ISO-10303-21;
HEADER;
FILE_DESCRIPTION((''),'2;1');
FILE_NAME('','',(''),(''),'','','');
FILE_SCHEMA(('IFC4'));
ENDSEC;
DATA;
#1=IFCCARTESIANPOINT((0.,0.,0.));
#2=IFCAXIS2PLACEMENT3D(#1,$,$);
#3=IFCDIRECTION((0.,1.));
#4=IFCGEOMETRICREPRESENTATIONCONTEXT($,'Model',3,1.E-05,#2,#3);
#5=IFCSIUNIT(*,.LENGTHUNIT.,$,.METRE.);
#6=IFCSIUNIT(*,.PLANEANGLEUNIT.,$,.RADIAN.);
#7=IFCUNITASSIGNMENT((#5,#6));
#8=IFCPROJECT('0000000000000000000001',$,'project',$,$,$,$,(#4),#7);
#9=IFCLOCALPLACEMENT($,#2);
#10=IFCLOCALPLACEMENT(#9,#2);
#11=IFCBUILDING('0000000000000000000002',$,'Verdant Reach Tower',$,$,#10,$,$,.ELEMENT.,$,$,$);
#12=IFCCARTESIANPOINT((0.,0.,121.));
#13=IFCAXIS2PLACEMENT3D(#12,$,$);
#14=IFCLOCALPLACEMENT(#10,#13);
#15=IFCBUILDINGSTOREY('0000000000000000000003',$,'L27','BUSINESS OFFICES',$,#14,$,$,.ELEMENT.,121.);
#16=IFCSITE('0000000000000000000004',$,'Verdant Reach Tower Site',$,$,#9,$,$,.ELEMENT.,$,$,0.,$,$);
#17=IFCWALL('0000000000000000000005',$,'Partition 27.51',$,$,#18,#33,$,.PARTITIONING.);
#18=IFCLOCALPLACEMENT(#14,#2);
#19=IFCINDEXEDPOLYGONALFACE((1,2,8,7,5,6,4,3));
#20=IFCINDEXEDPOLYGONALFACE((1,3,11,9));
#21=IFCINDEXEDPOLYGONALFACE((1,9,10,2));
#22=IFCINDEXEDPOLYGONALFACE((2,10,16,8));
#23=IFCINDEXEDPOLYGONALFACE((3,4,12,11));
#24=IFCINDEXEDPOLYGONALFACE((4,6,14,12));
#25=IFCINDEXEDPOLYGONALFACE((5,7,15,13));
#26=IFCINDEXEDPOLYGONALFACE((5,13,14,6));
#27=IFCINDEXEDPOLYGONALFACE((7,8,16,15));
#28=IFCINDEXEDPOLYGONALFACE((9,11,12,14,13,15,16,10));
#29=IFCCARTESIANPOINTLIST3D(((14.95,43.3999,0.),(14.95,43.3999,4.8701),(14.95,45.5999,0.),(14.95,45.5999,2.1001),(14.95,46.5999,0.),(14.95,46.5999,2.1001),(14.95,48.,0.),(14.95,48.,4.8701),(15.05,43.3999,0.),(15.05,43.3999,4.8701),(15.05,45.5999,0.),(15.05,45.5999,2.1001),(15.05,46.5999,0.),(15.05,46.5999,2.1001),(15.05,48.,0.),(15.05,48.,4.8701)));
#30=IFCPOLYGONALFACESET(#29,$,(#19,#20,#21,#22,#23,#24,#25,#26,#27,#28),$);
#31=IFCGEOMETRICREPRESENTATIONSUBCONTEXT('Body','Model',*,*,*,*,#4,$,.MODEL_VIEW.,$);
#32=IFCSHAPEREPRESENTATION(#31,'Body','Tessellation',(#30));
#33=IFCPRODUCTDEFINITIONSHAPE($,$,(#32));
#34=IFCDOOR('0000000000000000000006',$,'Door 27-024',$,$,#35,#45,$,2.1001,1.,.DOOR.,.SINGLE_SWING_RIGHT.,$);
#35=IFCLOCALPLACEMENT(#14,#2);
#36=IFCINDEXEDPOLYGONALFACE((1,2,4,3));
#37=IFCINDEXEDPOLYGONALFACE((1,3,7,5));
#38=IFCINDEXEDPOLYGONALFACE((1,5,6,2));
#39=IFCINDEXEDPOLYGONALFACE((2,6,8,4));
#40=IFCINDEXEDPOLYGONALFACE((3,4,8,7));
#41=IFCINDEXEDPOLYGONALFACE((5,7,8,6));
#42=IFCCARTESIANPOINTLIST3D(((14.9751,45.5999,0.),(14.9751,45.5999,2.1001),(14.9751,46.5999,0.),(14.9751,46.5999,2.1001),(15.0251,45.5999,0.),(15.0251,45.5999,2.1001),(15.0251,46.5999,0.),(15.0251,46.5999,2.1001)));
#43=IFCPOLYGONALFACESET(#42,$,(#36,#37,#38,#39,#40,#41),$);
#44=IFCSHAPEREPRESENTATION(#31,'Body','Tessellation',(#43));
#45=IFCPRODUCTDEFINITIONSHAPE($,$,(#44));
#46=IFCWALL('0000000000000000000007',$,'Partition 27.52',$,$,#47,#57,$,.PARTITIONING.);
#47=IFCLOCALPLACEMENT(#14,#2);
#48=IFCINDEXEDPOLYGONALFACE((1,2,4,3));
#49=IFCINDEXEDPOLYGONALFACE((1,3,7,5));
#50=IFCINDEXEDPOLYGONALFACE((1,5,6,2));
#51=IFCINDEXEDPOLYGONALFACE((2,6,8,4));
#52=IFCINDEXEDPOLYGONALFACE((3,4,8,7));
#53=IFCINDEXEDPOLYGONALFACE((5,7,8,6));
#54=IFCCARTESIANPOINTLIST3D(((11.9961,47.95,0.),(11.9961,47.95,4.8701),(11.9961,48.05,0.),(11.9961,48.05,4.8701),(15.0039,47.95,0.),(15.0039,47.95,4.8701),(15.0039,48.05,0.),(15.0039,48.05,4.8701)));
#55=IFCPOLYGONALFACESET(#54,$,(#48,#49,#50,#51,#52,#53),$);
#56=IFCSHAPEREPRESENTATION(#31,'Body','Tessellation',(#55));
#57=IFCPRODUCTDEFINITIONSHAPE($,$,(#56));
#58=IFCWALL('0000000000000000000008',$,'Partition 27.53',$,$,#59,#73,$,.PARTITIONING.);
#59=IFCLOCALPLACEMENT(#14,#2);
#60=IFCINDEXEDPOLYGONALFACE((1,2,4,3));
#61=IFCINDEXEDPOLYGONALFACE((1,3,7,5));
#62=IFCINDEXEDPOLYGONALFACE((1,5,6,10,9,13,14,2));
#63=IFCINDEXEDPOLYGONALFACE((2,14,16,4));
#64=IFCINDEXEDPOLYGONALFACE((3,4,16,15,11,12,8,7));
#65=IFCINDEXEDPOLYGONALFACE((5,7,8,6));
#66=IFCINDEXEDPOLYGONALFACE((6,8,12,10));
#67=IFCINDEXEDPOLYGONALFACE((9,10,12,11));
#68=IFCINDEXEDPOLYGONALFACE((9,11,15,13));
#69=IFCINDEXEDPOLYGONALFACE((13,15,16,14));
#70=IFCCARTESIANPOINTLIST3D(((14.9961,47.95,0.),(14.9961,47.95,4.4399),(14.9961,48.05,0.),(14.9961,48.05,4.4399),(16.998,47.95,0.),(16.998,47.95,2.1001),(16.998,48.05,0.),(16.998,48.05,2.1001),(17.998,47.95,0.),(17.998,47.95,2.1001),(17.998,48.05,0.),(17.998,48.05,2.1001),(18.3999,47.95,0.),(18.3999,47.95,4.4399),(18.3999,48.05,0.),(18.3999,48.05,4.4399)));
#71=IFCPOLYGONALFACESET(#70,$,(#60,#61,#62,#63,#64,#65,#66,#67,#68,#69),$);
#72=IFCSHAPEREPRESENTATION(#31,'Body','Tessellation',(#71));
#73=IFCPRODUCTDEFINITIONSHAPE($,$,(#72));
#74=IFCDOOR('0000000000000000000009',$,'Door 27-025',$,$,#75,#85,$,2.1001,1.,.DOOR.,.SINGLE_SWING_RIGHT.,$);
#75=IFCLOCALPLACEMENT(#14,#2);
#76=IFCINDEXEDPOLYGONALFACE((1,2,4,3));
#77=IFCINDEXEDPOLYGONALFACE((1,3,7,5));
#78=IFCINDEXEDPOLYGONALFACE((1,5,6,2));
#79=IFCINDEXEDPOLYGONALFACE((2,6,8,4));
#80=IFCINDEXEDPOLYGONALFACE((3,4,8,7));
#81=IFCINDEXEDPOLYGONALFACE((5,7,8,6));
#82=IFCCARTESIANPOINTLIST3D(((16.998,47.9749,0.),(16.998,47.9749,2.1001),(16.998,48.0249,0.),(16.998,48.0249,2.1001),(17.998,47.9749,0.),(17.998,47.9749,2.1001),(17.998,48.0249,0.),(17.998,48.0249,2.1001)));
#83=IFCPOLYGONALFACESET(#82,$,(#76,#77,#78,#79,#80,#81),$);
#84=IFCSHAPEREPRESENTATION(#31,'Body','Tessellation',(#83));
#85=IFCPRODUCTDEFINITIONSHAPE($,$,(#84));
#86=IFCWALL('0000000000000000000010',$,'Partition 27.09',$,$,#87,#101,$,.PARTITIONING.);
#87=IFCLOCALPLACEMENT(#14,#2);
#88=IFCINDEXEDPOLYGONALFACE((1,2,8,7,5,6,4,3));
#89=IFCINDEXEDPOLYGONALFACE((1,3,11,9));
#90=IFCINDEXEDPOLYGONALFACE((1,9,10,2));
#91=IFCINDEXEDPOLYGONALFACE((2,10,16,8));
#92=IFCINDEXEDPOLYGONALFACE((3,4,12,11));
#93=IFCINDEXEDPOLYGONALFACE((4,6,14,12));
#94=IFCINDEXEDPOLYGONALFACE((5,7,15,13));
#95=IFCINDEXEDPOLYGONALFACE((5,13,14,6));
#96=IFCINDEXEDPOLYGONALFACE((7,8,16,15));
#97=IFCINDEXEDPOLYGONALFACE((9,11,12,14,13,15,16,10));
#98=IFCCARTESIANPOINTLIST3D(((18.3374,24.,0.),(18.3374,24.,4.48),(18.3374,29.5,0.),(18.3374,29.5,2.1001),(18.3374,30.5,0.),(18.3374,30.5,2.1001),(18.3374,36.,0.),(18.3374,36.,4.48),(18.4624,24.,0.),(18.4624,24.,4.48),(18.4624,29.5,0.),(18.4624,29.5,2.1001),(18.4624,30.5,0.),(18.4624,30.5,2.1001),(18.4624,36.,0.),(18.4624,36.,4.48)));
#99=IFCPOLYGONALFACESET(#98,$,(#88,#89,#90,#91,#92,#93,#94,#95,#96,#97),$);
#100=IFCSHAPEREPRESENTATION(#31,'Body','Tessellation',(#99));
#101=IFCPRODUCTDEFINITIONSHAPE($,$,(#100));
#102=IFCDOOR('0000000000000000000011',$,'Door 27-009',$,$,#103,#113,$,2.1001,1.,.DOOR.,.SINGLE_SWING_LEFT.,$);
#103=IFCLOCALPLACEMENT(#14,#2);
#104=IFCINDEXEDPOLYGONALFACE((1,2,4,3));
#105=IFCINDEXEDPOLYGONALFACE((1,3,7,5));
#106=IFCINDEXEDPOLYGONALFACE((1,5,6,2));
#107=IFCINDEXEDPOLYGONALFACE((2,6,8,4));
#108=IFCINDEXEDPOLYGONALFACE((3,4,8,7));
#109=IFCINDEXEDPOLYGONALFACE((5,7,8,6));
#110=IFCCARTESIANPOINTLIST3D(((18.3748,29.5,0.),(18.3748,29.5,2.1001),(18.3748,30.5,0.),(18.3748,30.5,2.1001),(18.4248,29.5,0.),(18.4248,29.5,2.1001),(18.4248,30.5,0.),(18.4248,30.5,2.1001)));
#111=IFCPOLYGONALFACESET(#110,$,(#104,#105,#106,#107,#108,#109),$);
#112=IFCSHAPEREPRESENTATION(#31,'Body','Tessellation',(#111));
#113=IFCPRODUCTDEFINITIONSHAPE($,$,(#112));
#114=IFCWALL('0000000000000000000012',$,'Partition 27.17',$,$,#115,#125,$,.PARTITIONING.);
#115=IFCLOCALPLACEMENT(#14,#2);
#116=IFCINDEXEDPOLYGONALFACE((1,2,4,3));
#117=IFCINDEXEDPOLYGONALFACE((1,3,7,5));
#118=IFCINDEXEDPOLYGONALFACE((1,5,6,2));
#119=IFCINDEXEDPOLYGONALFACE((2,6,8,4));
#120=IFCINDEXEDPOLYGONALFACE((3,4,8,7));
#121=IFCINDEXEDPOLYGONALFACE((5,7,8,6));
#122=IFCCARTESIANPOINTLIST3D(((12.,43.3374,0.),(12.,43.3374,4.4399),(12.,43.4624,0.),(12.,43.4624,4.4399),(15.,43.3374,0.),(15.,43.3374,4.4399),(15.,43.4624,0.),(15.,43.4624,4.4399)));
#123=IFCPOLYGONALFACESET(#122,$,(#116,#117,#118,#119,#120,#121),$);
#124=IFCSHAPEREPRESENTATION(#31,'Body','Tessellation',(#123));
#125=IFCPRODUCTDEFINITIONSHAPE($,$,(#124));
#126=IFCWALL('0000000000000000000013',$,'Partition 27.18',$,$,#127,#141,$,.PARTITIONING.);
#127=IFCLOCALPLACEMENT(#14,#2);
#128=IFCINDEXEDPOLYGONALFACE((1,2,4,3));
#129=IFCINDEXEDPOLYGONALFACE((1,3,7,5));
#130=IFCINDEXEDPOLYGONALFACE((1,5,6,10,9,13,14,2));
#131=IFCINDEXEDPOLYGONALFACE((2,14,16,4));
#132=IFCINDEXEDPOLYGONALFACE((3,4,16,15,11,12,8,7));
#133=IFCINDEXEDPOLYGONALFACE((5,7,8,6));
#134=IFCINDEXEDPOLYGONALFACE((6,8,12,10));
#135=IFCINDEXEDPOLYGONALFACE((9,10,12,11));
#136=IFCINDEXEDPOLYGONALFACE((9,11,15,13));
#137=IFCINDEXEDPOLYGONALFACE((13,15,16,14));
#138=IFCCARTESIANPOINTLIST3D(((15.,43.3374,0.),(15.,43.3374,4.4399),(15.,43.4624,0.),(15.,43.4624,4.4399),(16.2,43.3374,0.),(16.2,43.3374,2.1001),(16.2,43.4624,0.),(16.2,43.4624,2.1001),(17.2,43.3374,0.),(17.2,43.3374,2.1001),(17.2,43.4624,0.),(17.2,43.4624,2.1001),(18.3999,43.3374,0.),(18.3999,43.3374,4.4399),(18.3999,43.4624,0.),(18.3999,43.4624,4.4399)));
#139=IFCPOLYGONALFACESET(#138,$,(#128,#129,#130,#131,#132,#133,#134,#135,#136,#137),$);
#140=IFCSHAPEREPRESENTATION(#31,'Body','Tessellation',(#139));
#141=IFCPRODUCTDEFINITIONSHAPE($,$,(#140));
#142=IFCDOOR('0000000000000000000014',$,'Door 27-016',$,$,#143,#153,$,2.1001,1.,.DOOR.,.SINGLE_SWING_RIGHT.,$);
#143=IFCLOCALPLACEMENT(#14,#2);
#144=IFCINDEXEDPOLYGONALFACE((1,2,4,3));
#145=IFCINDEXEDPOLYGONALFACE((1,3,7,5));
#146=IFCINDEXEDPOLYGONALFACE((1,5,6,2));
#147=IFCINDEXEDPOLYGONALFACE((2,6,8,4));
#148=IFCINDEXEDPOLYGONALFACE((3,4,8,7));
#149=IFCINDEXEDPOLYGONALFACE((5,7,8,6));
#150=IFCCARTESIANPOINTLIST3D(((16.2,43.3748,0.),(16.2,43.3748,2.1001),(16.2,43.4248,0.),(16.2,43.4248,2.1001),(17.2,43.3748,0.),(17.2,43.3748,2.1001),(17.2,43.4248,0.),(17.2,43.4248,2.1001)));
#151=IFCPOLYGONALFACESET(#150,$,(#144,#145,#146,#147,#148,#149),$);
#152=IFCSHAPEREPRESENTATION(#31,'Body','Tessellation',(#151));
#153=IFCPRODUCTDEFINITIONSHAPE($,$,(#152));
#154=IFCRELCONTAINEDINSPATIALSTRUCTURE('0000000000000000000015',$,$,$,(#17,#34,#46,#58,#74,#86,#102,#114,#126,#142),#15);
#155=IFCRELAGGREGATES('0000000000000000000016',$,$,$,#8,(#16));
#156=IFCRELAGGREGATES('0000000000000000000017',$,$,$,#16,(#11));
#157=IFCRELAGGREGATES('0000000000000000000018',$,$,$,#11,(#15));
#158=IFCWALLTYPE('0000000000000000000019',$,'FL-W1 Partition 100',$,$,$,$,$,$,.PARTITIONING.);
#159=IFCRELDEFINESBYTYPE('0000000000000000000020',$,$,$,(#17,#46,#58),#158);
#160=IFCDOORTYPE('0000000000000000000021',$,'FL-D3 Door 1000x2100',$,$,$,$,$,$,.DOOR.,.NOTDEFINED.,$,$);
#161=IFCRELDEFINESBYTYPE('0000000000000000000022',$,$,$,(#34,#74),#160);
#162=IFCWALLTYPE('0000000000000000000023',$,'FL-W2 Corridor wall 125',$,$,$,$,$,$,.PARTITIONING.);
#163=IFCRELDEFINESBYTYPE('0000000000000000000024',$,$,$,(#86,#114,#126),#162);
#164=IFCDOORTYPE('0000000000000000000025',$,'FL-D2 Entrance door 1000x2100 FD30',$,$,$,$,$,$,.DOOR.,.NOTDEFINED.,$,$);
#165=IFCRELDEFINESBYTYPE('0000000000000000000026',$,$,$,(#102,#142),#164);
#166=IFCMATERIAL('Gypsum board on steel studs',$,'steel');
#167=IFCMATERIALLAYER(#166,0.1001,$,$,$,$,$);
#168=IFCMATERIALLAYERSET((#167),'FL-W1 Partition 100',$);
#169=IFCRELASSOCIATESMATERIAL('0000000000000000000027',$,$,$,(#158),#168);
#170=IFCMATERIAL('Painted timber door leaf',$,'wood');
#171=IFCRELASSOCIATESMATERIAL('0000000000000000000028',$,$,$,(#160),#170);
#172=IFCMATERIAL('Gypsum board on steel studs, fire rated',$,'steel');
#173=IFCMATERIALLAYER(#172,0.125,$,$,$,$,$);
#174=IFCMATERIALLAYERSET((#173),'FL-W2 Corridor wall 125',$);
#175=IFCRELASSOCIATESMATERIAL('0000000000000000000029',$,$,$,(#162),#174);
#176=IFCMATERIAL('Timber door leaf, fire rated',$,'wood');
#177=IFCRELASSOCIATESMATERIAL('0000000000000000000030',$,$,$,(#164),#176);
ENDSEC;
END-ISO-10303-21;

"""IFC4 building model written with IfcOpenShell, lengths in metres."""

from ifc_helpers import new_model, si_unit, direction, frame, frame_2d, origin, place, context, subcontext, project, spatial, rectangle, extrude, material, layer, layer_set, type_object, element, fill, save


model = new_model("IFC4")

# Units and contexts
model_context = context("Model", 3, precision=1e-05, world=origin(), true_north=direction((0.0, 1.0)))
body_context = subcontext(model_context, "Body", "Model", "MODEL_VIEW")
ifc_project = project(units=[si_unit("LENGTHUNIT", "METRE"), si_unit("PLANEANGLEUNIT", "RADIAN")], contexts=[model_context])

# Site, building, storey
site_placement = place(None, origin())
site = spatial("IfcSite", under=ifc_project, at=site_placement, Name="Verdant Reach Tower Site", CompositionType="ELEMENT", RefElevation=0.0)
building_placement = place(site_placement, origin())
building = spatial("IfcBuilding", under=site, at=building_placement, Name="Verdant Reach Tower", CompositionType="ELEMENT")
storey_placement = place(building_placement, frame((0.0, 0.0, 121.0)))
storey = spatial("IfcBuildingStorey", under=building, at=storey_placement, Name="L27", Description="BUSINESS OFFICES", CompositionType="ELEMENT", Elevation=121.0)

# Shared definitions
ifc_material_1 = material(Name="Gypsum board on steel studs", Category="steel")
ifc_layer_1 = layer(ifc_material_1, 0.1001)
ifc_layer_set_1 = layer_set([ifc_layer_1], Name="FL-W1 Partition 100")
wall_type_1 = type_object("IfcWallType", Name="FL-W1 Partition 100", PredefinedType="PARTITIONING", material=ifc_layer_set_1)

# Wall, opening, door
wall_1_placement = place(storey_placement, frame((15.0, 43.3999, 0.0), z_axis=(0.0, 0.0, 1.0), x_axis=(0.0, 1.0, 0.0)))
wall_1 = element("IfcWall", 1, at=wall_1_placement, inside=storey, type_object=wall_type_1, Name="Partition 27.51", PredefinedType="PARTITIONING", context=body_context, shape_type="SweptSolid", body=[
    extrude(rectangle(XDim=4.6001, YDim=0.1001, at=frame_2d((2.3, 0.0))), origin(), (0.0, 0.0, 1.0), 4.8701),
])
opening_1_placement = place(wall_1_placement, frame((2.2, 0.0, 0.0)))
opening_1 = element("IfcOpeningElement", 2, at=opening_1_placement, cuts=wall_1, PredefinedType="OPENING", context=body_context, shape_type="SweptSolid", body=[
    extrude(rectangle(XDim=1.0, YDim=2.1001, at=frame_2d((0.5, 1.05))), frame((0.0, 0.0601, 0.0), z_axis=(0.0, -1.0, 0.0), x_axis=(1.0, 0.0, 0.0)), (0.0, 0.0, 1.0), 0.1201),
])
ifc_material_2 = material(Name="Painted timber door leaf", Category="wood")
door_type_1 = type_object("IfcDoorType", Name="FL-D3 Door 1000x2100", OperationType="NOTDEFINED", PredefinedType="DOOR", material=ifc_material_2)
door_1_placement = place(opening_1_placement, origin())
door_1 = element("IfcDoor", 3, at=door_1_placement, inside=storey, type_object=door_type_1, Name="Door 27-024", OperationType="SINGLE_SWING_RIGHT", OverallHeight=2.1001, OverallWidth=1.0, PredefinedType="DOOR", context=body_context, shape_type="SweptSolid", body=[
    extrude(rectangle(XDim=1.0, YDim=2.1001, at=frame_2d((0.5, 1.05))), frame((0.0, 0.0249, 0.0), z_axis=(0.0, -1.0, 0.0), x_axis=(1.0, 0.0, 0.0)), (0.0, 0.0, 1.0), 0.05),
])
fill(opening_1, door_1)

# Wall
wall_2_placement = place(storey_placement, frame((15.0039, 48.0, 0.0), z_axis=(0.0, 0.0, 1.0), x_axis=(-1.0, 0.0, 0.0)))
element("IfcWall", 4, at=wall_2_placement, inside=storey, type_object=wall_type_1, Name="Partition 27.52", PredefinedType="PARTITIONING", context=body_context, shape_type="SweptSolid", body=[
    extrude(rectangle(XDim=3.0078, YDim=0.1001, at=frame_2d((1.5039, 0.0))), origin(), (0.0, 0.0, 1.0), 4.8701),
])

# Walls, openings, doors
wall_3_placement = place(storey_placement, frame((14.9961, 48.0, 0.0), z_axis=(0.0, 0.0, 1.0), x_axis=(1.0, 0.0, 0.0)))
wall_3 = element("IfcWall", 5, at=wall_3_placement, inside=storey, type_object=wall_type_1, Name="Partition 27.53", PredefinedType="PARTITIONING", context=body_context, shape_type="SweptSolid", body=[
    extrude(rectangle(XDim=3.4038, YDim=0.1001, at=frame_2d((1.7019, 0.0))), origin(), (0.0, 0.0, 1.0), 4.4399),
])
opening_2_placement = place(wall_3_placement, frame((2.002, 0.0, 0.0)))
opening_2 = element("IfcOpeningElement", 6, at=opening_2_placement, cuts=wall_3, PredefinedType="OPENING", context=body_context, shape_type="SweptSolid", body=[
    extrude(rectangle(XDim=1.0, YDim=2.1001, at=frame_2d((0.5, 1.05))), frame((0.0, 0.0601, 0.0), z_axis=(0.0, -1.0, 0.0), x_axis=(1.0, 0.0, 0.0)), (0.0, 0.0, 1.0), 0.1201),
])
door_2_placement = place(opening_2_placement, origin())
door_2 = element("IfcDoor", 7, at=door_2_placement, inside=storey, type_object=door_type_1, Name="Door 27-025", OperationType="SINGLE_SWING_RIGHT", OverallHeight=2.1001, OverallWidth=1.0, PredefinedType="DOOR", context=body_context, shape_type="SweptSolid", body=[
    extrude(rectangle(XDim=1.0, YDim=2.1001, at=frame_2d((0.5, 1.05))), frame((0.0, 0.0249, 0.0), z_axis=(0.0, -1.0, 0.0), x_axis=(1.0, 0.0, 0.0)), (0.0, 0.0, 1.0), 0.05),
])
fill(opening_2, door_2)
ifc_material_3 = material(Name="Gypsum board on steel studs, fire rated", Category="steel")
ifc_layer_2 = layer(ifc_material_3, 0.125)
ifc_layer_set_2 = layer_set([ifc_layer_2], Name="FL-W2 Corridor wall 125")
wall_type_2 = type_object("IfcWallType", Name="FL-W2 Corridor wall 125", PredefinedType="PARTITIONING", material=ifc_layer_set_2)
wall_4_placement = place(storey_placement, frame((18.3999, 36.0, 0.0), z_axis=(0.0, 0.0, 1.0), x_axis=(0.0, -1.0, 0.0)))
wall_4 = element("IfcWall", 8, at=wall_4_placement, inside=storey, type_object=wall_type_2, Name="Partition 27.09", PredefinedType="PARTITIONING", context=body_context, shape_type="SweptSolid", body=[
    extrude(rectangle(XDim=12.0, YDim=0.125, at=frame_2d((6.0, 0.0))), origin(), (0.0, 0.0, 1.0), 4.48),
])
opening_3_placement = place(wall_4_placement, frame((5.5, 0.0, 0.0)))
opening_3 = element("IfcOpeningElement", 9, at=opening_3_placement, cuts=wall_4, PredefinedType="OPENING", context=body_context, shape_type="SweptSolid", body=[
    extrude(rectangle(XDim=1.0, YDim=2.1001, at=frame_2d((0.5, 1.05))), frame((0.0, 0.0725, 0.0), z_axis=(0.0, -1.0, 0.0), x_axis=(1.0, 0.0, 0.0)), (0.0, 0.0, 1.0), 0.145),
])
ifc_material_4 = material(Name="Timber door leaf, fire rated", Category="wood")
door_type_2 = type_object("IfcDoorType", Name="FL-D2 Entrance door 1000x2100 FD30", OperationType="NOTDEFINED", PredefinedType="DOOR", material=ifc_material_4)
door_3_placement = place(opening_3_placement, origin())
door_3 = element("IfcDoor", 10, at=door_3_placement, inside=storey, type_object=door_type_2, Name="Door 27-009", OperationType="SINGLE_SWING_LEFT", OverallHeight=2.1001, OverallWidth=1.0, PredefinedType="DOOR", context=body_context, shape_type="SweptSolid", body=[
    extrude(rectangle(XDim=1.0, YDim=2.1001, at=frame_2d((0.5, 1.05))), frame((0.0, 0.0249, 0.0), z_axis=(0.0, -1.0, 0.0), x_axis=(1.0, 0.0, 0.0)), (0.0, 0.0, 1.0), 0.05),
])
fill(opening_3, door_3)

# Wall
wall_5_placement = place(storey_placement, frame((15.0, 43.3999, 0.0), z_axis=(0.0, 0.0, 1.0), x_axis=(-1.0, 0.0, 0.0)))
element("IfcWall", 11, at=wall_5_placement, inside=storey, type_object=wall_type_2, Name="Partition 27.17", PredefinedType="PARTITIONING", context=body_context, shape_type="SweptSolid", body=[
    extrude(rectangle(XDim=3.0, YDim=0.125, at=frame_2d((1.5, 0.0))), origin(), (0.0, 0.0, 1.0), 4.4399),
])

# Wall, opening, door
wall_6_placement = place(storey_placement, frame((15.0, 43.3999, 0.0), z_axis=(0.0, 0.0, 1.0), x_axis=(1.0, 0.0, 0.0)))
wall_6 = element("IfcWall", 12, at=wall_6_placement, inside=storey, type_object=wall_type_2, Name="Partition 27.18", PredefinedType="PARTITIONING", context=body_context, shape_type="SweptSolid", body=[
    extrude(rectangle(XDim=3.3999, YDim=0.125, at=frame_2d((1.7, 0.0))), origin(), (0.0, 0.0, 1.0), 4.4399),
])
opening_4_placement = place(wall_6_placement, frame((1.2, 0.0, 0.0)))
opening_4 = element("IfcOpeningElement", 13, at=opening_4_placement, cuts=wall_6, PredefinedType="OPENING", context=body_context, shape_type="SweptSolid", body=[
    extrude(rectangle(XDim=1.0, YDim=2.1001, at=frame_2d((0.5, 1.05))), frame((0.0, 0.0725, 0.0), z_axis=(0.0, -1.0, 0.0), x_axis=(1.0, 0.0, 0.0)), (0.0, 0.0, 1.0), 0.145),
])
door_4_placement = place(opening_4_placement, origin())
door_4 = element("IfcDoor", 14, at=door_4_placement, inside=storey, type_object=door_type_2, Name="Door 27-016", OperationType="SINGLE_SWING_RIGHT", OverallHeight=2.1001, OverallWidth=1.0, PredefinedType="DOOR", context=body_context, shape_type="SweptSolid", body=[
    extrude(rectangle(XDim=1.0, YDim=2.1001, at=frame_2d((0.5, 1.05))), frame((0.0, 0.0249, 0.0), z_axis=(0.0, -1.0, 0.0), x_axis=(1.0, 0.0, 0.0)), (0.0, 0.0, 1.0), 0.05),
])
fill(opening_4, door_4)

save(model, "model.ifc")
